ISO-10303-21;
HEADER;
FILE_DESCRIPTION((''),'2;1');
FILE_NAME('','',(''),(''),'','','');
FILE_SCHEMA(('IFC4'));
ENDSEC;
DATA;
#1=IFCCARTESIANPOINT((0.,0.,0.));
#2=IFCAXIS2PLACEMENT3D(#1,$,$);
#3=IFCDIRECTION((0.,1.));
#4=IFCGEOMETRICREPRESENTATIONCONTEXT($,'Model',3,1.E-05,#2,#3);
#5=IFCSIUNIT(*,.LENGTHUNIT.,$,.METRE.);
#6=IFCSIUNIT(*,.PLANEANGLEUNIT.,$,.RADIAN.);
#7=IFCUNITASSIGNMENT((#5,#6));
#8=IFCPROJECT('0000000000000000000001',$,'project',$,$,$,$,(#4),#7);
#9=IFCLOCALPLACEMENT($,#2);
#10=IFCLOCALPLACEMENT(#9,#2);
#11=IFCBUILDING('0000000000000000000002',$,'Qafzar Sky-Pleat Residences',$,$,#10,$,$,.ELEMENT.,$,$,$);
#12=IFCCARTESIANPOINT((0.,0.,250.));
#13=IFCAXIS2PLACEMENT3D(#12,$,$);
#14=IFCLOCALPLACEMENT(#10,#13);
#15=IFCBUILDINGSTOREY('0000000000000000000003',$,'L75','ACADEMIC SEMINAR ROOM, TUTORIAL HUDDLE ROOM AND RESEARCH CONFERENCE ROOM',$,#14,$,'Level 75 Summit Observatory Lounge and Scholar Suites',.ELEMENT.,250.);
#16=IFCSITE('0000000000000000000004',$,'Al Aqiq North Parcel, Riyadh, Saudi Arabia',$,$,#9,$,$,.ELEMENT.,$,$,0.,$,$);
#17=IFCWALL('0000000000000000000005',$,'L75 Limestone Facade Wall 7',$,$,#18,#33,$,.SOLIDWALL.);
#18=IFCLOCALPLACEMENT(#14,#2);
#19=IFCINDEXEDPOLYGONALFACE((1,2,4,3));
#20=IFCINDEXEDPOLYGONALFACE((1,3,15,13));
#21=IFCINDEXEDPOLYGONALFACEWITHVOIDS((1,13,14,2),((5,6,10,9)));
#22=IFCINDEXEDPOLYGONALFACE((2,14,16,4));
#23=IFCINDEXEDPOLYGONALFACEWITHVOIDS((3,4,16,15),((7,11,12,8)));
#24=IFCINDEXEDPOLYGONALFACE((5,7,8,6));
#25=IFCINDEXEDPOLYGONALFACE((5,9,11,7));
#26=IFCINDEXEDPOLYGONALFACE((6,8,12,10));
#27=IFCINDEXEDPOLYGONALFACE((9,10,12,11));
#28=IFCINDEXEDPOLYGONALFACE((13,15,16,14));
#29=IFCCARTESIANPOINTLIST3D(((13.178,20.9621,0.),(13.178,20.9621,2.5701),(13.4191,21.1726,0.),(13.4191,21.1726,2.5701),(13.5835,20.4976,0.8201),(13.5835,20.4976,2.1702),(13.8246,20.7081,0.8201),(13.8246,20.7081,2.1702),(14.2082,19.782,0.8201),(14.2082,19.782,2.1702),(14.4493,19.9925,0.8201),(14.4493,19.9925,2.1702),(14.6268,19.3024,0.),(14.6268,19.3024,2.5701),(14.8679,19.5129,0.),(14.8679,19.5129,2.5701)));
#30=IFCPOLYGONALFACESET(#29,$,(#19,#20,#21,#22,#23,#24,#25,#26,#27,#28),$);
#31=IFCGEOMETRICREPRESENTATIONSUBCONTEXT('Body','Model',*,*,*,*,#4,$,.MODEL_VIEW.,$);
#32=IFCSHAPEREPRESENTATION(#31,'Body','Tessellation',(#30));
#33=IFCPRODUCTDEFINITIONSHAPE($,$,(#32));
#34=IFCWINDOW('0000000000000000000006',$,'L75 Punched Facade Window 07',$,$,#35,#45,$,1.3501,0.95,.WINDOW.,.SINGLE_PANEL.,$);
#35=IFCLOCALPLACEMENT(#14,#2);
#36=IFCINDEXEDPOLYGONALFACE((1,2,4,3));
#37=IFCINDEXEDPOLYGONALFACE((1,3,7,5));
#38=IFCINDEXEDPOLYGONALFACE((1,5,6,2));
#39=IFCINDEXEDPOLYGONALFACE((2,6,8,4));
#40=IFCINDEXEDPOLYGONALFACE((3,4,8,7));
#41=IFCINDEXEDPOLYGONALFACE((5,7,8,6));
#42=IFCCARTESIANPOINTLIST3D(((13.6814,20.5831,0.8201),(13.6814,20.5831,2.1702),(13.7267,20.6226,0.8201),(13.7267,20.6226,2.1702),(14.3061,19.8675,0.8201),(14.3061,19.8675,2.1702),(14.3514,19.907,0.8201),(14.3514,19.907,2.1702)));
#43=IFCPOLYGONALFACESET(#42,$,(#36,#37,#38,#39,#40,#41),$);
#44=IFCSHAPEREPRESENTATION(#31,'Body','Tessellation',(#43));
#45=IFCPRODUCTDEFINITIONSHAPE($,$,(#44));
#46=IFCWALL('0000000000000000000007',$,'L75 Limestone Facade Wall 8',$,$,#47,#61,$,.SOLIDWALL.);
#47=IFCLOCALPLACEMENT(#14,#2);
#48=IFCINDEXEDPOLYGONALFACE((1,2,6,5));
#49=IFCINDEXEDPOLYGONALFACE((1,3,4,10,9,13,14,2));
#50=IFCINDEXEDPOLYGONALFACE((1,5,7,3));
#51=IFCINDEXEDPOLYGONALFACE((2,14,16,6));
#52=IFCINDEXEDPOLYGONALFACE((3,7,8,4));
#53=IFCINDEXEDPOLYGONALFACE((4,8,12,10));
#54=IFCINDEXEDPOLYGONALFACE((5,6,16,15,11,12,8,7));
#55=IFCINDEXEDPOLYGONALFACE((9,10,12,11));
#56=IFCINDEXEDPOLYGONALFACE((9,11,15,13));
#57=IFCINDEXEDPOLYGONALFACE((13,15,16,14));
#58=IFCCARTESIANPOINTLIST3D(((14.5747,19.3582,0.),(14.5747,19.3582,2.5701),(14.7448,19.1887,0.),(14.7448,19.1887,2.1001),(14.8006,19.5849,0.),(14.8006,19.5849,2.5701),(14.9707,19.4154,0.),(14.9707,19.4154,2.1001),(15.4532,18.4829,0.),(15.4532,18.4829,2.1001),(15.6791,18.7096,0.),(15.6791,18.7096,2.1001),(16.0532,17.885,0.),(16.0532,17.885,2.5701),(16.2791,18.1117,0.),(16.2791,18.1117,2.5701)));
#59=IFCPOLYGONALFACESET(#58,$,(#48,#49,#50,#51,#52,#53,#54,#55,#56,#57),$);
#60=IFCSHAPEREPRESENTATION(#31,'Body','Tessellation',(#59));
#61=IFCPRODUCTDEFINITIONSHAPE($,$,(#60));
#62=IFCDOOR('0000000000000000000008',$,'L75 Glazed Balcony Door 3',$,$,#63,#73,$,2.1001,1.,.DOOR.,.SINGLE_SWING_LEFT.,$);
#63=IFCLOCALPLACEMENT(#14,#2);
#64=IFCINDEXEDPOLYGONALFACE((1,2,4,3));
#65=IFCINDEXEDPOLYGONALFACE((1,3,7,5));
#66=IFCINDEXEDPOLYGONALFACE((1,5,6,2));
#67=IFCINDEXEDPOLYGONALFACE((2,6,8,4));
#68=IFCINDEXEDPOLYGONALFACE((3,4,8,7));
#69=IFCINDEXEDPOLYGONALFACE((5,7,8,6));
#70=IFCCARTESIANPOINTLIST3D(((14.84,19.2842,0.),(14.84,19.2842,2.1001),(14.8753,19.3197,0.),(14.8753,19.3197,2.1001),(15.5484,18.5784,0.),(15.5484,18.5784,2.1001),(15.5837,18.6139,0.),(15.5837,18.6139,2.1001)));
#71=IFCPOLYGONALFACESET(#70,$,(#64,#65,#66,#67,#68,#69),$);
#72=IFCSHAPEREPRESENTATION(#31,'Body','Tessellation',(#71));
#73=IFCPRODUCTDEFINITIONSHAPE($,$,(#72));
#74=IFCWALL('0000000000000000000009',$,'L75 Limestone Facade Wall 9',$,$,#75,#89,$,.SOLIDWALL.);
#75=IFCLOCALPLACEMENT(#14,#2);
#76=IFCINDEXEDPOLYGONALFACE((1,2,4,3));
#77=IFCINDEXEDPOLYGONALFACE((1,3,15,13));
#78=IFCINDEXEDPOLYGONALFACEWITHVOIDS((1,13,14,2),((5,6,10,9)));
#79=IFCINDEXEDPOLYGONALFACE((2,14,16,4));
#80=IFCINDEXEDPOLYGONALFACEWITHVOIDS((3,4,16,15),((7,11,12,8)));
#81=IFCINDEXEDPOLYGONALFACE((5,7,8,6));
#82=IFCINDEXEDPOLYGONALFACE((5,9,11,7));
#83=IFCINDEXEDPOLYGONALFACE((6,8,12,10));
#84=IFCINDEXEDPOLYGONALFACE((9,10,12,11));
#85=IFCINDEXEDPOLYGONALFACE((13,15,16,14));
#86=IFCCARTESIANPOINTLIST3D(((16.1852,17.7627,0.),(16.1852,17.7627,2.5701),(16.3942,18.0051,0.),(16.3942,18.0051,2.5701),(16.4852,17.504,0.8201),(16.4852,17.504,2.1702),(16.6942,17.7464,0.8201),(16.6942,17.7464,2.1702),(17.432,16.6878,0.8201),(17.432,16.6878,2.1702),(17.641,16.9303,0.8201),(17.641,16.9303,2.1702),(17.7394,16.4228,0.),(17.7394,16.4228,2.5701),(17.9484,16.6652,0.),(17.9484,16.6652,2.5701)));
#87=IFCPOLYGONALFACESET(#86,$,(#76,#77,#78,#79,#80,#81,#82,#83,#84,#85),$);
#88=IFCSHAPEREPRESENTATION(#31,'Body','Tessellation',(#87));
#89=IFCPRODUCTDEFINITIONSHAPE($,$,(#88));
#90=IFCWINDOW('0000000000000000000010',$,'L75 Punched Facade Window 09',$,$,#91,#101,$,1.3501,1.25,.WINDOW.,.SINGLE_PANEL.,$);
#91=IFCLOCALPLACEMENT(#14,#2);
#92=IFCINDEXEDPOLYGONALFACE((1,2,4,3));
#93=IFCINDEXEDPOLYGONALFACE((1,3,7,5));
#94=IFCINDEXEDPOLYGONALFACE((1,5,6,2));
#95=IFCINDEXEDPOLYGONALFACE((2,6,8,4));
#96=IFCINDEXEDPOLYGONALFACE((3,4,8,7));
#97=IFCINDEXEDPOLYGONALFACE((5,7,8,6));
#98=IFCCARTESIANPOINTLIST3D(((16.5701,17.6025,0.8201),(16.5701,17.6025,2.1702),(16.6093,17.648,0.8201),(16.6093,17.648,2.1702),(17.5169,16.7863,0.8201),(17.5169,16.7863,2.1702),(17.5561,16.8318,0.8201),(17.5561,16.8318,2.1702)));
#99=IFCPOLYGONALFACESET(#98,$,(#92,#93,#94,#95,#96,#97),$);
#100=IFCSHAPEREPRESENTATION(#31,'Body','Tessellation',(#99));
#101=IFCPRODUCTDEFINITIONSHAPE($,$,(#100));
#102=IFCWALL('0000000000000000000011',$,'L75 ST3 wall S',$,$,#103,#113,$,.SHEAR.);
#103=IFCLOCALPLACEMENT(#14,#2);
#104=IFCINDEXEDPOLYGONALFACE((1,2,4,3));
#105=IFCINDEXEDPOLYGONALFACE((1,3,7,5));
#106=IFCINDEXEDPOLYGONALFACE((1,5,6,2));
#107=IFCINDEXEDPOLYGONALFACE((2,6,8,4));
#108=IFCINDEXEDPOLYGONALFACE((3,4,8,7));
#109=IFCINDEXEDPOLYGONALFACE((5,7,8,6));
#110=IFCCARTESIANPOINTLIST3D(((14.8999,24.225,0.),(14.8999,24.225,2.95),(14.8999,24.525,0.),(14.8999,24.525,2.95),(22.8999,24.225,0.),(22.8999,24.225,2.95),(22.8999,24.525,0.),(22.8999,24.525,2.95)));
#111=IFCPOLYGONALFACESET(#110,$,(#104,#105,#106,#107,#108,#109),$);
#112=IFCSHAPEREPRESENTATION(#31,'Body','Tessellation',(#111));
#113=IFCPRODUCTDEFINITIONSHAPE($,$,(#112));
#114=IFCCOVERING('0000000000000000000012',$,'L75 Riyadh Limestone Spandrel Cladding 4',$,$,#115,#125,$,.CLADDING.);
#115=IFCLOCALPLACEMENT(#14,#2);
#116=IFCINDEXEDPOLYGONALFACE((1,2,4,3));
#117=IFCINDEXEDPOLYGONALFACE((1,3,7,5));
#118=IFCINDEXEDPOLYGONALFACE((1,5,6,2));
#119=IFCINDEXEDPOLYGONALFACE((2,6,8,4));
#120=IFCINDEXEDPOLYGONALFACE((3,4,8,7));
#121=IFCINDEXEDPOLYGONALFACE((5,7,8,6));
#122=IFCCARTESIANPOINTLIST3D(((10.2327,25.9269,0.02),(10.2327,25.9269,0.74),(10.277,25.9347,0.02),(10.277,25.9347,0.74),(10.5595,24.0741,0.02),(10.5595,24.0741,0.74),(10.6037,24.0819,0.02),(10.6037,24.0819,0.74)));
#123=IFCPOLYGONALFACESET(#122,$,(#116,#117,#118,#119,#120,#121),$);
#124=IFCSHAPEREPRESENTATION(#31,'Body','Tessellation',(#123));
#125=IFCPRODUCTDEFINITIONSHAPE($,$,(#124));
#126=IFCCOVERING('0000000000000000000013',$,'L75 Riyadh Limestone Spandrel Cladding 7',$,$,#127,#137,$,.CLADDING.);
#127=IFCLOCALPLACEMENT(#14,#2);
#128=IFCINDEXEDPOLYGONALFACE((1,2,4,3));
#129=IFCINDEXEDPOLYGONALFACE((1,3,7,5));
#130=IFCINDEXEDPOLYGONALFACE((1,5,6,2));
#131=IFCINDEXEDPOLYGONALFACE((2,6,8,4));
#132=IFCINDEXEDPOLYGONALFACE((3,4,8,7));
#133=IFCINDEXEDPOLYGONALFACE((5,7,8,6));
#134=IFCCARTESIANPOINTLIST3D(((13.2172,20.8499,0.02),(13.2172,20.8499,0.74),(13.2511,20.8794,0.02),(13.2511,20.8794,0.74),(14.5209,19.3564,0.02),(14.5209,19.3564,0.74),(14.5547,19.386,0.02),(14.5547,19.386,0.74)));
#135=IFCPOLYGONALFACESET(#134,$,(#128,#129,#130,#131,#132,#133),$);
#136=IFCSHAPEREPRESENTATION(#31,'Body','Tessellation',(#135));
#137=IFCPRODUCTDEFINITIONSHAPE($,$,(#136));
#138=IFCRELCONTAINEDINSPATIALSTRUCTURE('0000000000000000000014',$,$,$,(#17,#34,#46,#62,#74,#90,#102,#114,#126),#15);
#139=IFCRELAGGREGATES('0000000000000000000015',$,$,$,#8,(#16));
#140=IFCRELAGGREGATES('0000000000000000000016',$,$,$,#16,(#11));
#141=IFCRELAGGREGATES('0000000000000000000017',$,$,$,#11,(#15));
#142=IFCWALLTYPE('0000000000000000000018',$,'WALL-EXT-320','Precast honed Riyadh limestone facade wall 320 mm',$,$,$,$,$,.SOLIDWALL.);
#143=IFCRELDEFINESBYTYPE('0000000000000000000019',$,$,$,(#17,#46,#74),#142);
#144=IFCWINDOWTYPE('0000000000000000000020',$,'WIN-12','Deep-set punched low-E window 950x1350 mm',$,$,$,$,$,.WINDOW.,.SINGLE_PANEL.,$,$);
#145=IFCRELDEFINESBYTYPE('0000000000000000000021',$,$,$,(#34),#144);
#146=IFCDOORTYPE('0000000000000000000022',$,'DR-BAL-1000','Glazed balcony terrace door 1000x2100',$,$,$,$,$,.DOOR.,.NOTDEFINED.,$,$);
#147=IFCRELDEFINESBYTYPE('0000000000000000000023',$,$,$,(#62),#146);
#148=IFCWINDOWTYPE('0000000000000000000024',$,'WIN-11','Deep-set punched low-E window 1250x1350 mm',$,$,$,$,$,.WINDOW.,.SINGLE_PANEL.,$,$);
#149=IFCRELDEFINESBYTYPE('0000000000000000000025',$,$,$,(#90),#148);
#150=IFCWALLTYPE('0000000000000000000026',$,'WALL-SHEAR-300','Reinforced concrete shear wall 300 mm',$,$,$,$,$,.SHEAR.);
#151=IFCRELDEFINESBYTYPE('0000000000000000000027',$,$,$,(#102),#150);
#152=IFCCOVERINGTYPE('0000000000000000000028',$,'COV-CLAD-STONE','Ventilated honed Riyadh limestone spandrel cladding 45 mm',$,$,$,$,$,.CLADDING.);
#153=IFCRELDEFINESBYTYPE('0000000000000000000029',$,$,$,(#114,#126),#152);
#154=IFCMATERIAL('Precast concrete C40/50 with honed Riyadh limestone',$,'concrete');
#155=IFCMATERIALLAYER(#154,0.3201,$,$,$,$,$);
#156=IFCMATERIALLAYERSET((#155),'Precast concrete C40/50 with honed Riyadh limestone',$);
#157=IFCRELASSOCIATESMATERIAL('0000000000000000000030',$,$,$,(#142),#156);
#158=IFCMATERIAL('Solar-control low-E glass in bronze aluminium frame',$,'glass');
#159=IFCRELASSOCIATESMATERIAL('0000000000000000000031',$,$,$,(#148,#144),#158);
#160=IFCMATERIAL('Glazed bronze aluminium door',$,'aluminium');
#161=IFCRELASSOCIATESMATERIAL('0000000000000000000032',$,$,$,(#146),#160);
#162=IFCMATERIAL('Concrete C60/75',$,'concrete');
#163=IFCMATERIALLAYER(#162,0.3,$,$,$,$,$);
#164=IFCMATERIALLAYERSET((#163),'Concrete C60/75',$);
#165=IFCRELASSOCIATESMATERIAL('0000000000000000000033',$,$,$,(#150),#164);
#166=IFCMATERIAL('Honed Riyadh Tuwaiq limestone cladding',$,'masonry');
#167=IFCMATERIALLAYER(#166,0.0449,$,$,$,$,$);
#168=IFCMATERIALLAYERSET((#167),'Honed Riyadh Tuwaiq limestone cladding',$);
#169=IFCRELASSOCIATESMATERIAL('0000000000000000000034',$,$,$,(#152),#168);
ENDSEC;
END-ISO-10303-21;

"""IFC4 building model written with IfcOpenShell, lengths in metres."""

from ifc_helpers import new_model, si_unit, direction, frame, frame_2d, origin, origin_2d, place, context, subcontext, project, spatial, rectangle, extrude, source, transform, mapped, material, layer, layer_set, type_object, element, fill, save


model = new_model("IFC4")

# Units and contexts
model_context = context("Model", 3, precision=1e-05, world=origin(), true_north=direction((0.0, 1.0)))
body_context = subcontext(model_context, "Body", "Model", "MODEL_VIEW")
ifc_project = project(units=[si_unit("LENGTHUNIT", "METRE"), si_unit("PLANEANGLEUNIT", "RADIAN")], contexts=[model_context])

# Site, building, storey
site_placement = place(None, origin())
site = spatial("IfcSite", under=ifc_project, at=site_placement, Name="Al Aqiq North Parcel, Riyadh, Saudi Arabia", CompositionType="ELEMENT", RefElevation=0.0)
building_placement = place(site_placement, origin())
building = spatial("IfcBuilding", under=site, at=building_placement, Name="Qafzar Sky-Pleat Residences", CompositionType="ELEMENT")
storey_placement = place(building_placement, frame((0.0, 0.0, 250.0)))
storey = spatial("IfcBuildingStorey", under=building, at=storey_placement, Name="L75", Description="ACADEMIC SEMINAR ROOM, TUTORIAL HUDDLE ROOM AND RESEARCH CONFERENCE ROOM", LongName="Level 75 Summit Observatory Lounge and Scholar Suites", CompositionType="ELEMENT", Elevation=250.0)

# Wall, opening, window
ifc_material_1 = material(Name="Precast concrete C40/50 with honed Riyadh limestone", Category="concrete")
ifc_layer_1 = layer(ifc_material_1, 0.3201)
ifc_layer_set_1 = layer_set([ifc_layer_1], Name="Precast concrete C40/50 with honed Riyadh limestone")
wall_type_1 = type_object("IfcWallType", Name="WALL-EXT-320", Description="Precast honed Riyadh limestone facade wall 320 mm", PredefinedType="SOLIDWALL", material=ifc_layer_set_1)
ifc_material_2 = material(Name="Solar-control low-E glass in bronze aluminium frame", Category="glass")
window_type_1 = type_object("IfcWindowType", Name="WIN-11", Description="Deep-set punched low-E window 1250x1350 mm", PartitioningType="SINGLE_PANEL", PredefinedType="WINDOW", material=ifc_material_2)
shared_shape_1 = source(origin(), body_context, "Body", "SweptSolid", [
    extrude(rectangle(XDim=1.25, YDim=1.3501, at=frame_2d((0.625, 0.675))), frame((0.0, 0.03, 0.0), z_axis=(0.0, -1.0, 0.0), x_axis=(1.0, 0.0, 0.0)), (0.0, 0.0, 1.0), 0.0601),
])
wall_1_placement = place(storey_placement, frame((13.2986, 21.0674, 0.0), z_axis=(0.0, 0.0, 1.0), x_axis=(0.65761, -0.753359, 0.0)))
wall_1 = element("IfcWall", 1, at=wall_1_placement, inside=storey, type_object=wall_type_1, Name="L75 Limestone Facade Wall 7", PredefinedType="SOLIDWALL", context=body_context, shape_type="SweptSolid", body=[
    extrude(rectangle(XDim=2.2031, YDim=0.3201, at=frame_2d((1.1016, 0.0))), origin(), (0.0, 0.0, 1.0), 2.5701),
])
opening_1_placement = place(wall_1_placement, frame((0.6165, 0.0, 0.8201)))
opening_1 = element("IfcOpeningElement", 2, at=opening_1_placement, cuts=wall_1, PredefinedType="OPENING", context=body_context, shape_type="SweptSolid", body=[
    extrude(rectangle(XDim=0.95, YDim=1.3501, at=frame_2d((0.4751, 0.675))), frame((0.0, 0.1699, 0.0), z_axis=(0.0, -1.0, 0.0), x_axis=(1.0, 0.0, 0.0)), (0.0, 0.0, 1.0), 0.3401),
])
window_type_2 = type_object("IfcWindowType", Name="WIN-12", Description="Deep-set punched low-E window 950x1350 mm", PartitioningType="SINGLE_PANEL", PredefinedType="WINDOW", material=ifc_material_2)
shared_shape_2 = source(origin(), body_context, "Body", "SweptSolid", [
    extrude(rectangle(XDim=0.95, YDim=1.3501, at=frame_2d((0.4751, 0.675))), frame((0.0, 0.03, 0.0), z_axis=(0.0, -1.0, 0.0), x_axis=(1.0, 0.0, 0.0)), (0.0, 0.0, 1.0), 0.0601),
])
window_1_placement = place(opening_1_placement, origin())
window_1 = element("IfcWindow", 3, at=window_1_placement, inside=storey, type_object=window_type_2, Name="L75 Punched Facade Window 07", OverallHeight=1.3501, OverallWidth=0.95, PartitioningType="SINGLE_PANEL", PredefinedType="WINDOW", context=body_context, shape_type="MappedRepresentation", body=[
    mapped(shared_shape_2, transform((0.0, 0.0, 0.0), x_axis=(1.0, 0.0, 0.0), y_axis=(0.0, 1.0, 0.0), z_axis=(0.0, 0.0, 1.0), scale=1.0)),
])
fill(opening_1, window_1)

# Wall, opening, door
wall_2_placement = place(storey_placement, frame((14.6877, 19.4714, 0.0), z_axis=(0.0, 0.0, 1.0), x_axis=(0.708392, -0.705819, 0.0)))
wall_2 = element("IfcWall", 4, at=wall_2_placement, inside=storey, type_object=wall_type_1, Name="L75 Limestone Facade Wall 8", PredefinedType="SOLIDWALL", context=body_context, shape_type="SweptSolid", body=[
    extrude(rectangle(XDim=2.0872, YDim=0.3201, at=frame_2d((1.0435, 0.0))), origin(), (0.0, 0.0, 1.0), 2.5701),
])
opening_2_placement = place(wall_2_placement, frame((0.24, 0.0, 0.0)))
opening_2 = element("IfcOpeningElement", 5, at=opening_2_placement, cuts=wall_2, PredefinedType="OPENING", context=body_context, shape_type="SweptSolid", body=[
    extrude(rectangle(XDim=1.0, YDim=2.1001, at=frame_2d((0.5, 1.05))), frame((0.0, 0.1699, 0.0), z_axis=(0.0, -1.0, 0.0), x_axis=(1.0, 0.0, 0.0)), (0.0, 0.0, 1.0), 0.3401),
])
ifc_material_3 = material(Name="Glazed bronze aluminium door", Category="aluminium")
door_type = type_object("IfcDoorType", Name="DR-BAL-1000", Description="Glazed balcony terrace door 1000x2100", OperationType="NOTDEFINED", PredefinedType="DOOR", material=ifc_material_3)
shared_shape_3 = source(origin(), body_context, "Body", "SweptSolid", [
    extrude(rectangle(XDim=1.0, YDim=2.1001, at=frame_2d((0.5, 1.05))), frame((0.0, 0.0249, 0.0), z_axis=(0.0, -1.0, 0.0), x_axis=(1.0, 0.0, 0.0)), (0.0, 0.0, 1.0), 0.05),
])
door_placement = place(opening_2_placement, origin())
door = element("IfcDoor", 6, at=door_placement, inside=storey, type_object=door_type, Name="L75 Glazed Balcony Door 3", OperationType="SINGLE_SWING_LEFT", OverallHeight=2.1001, OverallWidth=1.0, PredefinedType="DOOR", context=body_context, shape_type="MappedRepresentation", body=[
    mapped(shared_shape_3, transform((0.0, 0.0, 0.0), x_axis=(1.0, 0.0, 0.0), y_axis=(0.0, 1.0, 0.0), z_axis=(0.0, 0.0, 1.0), scale=1.0)),
])
fill(opening_2, door)

# Wall, opening, window
wall_3_placement = place(storey_placement, frame((16.2898, 17.8838, 0.0), z_axis=(0.0, 0.0, 1.0), x_axis=(0.757406, -0.652944, 0.0)))
wall_3 = element("IfcWall", 7, at=wall_3_placement, inside=storey, type_object=wall_type_1, Name="L75 Limestone Facade Wall 9", PredefinedType="SOLIDWALL", context=body_context, shape_type="SweptSolid", body=[
    extrude(rectangle(XDim=2.052, YDim=0.3201, at=frame_2d((1.0259, 0.0))), origin(), (0.0, 0.0, 1.0), 2.5701),
])
opening_3_placement = place(wall_3_placement, frame((0.396, 0.0, 0.8201)))
opening_3 = element("IfcOpeningElement", 8, at=opening_3_placement, cuts=wall_3, PredefinedType="OPENING", context=body_context, shape_type="SweptSolid", body=[
    extrude(rectangle(XDim=1.25, YDim=1.3501, at=frame_2d((0.625, 0.675))), frame((0.0, 0.1699, 0.0), z_axis=(0.0, -1.0, 0.0), x_axis=(1.0, 0.0, 0.0)), (0.0, 0.0, 1.0), 0.3401),
])
window_2_placement = place(opening_3_placement, origin())
window_2 = element("IfcWindow", 9, at=window_2_placement, inside=storey, type_object=window_type_1, Name="L75 Punched Facade Window 09", OverallHeight=1.3501, OverallWidth=1.25, PartitioningType="SINGLE_PANEL", PredefinedType="WINDOW", context=body_context, shape_type="MappedRepresentation", body=[
    mapped(shared_shape_1, transform((0.0, 0.0, 0.0), x_axis=(1.0, 0.0, 0.0), y_axis=(0.0, 1.0, 0.0), z_axis=(0.0, 0.0, 1.0), scale=1.0)),
])
fill(opening_3, window_2)

# Wall
ifc_material_4 = material(Name="Concrete C60/75", Category="concrete")
ifc_layer_2 = layer(ifc_material_4, 0.3)
ifc_layer_set_2 = layer_set([ifc_layer_2], Name="Concrete C60/75")
wall_type_2 = type_object("IfcWallType", Name="WALL-SHEAR-300", Description="Reinforced concrete shear wall 300 mm", PredefinedType="SHEAR", material=ifc_layer_set_2)
wall_4_placement = place(storey_placement, frame((14.8999, 24.375, 0.0), z_axis=(0.0, 0.0, 1.0), x_axis=(1.0, 0.0, 0.0)))
element("IfcWall", 10, at=wall_4_placement, inside=storey, type_object=wall_type_2, Name="L75 ST3 wall S", PredefinedType="SHEAR", context=body_context, shape_type="SweptSolid", body=[
    extrude(rectangle(XDim=8.0, YDim=0.3, at=frame_2d((4.0, 0.0))), origin(), (0.0, 0.0, 1.0), 2.95),
])

# Covering
ifc_material_5 = material(Name="Honed Riyadh Tuwaiq limestone cladding", Category="masonry")
ifc_layer_3 = layer(ifc_material_5, 0.0449)
ifc_layer_set_3 = layer_set([ifc_layer_3], Name="Honed Riyadh Tuwaiq limestone cladding")
covering_type = type_object("IfcCoveringType", Name="COV-CLAD-STONE", Description="Ventilated honed Riyadh limestone spandrel cladding 45 mm", PredefinedType="CLADDING", material=ifc_layer_set_3)
shared_shape_4 = source(origin(), body_context, "Body", "SweptSolid", [
    extrude(rectangle(XDim=1.8813, YDim=0.0449, at=origin_2d()), origin(), (0.0, 0.0, 1.0), 0.72),
])
covering_1_placement = place(storey_placement, frame((10.4182, 25.0044, 0.02), z_axis=(0.0, 0.0, 1.0), x_axis=(0.173663, -0.984805, 0.0)))
element("IfcCovering", 11, at=covering_1_placement, inside=storey, type_object=covering_type, Name="L75 Riyadh Limestone Spandrel Cladding 4", PredefinedType="CLADDING", context=body_context, shape_type="MappedRepresentation", body=[
    mapped(shared_shape_4, transform((0.0, 0.0, 0.0), x_axis=(1.0, 0.0, 0.0), y_axis=(0.0, 1.0, 0.0), z_axis=(0.0, 0.0, 1.0), scale=1.0)),
])

# Covering
shared_shape_5 = source(origin(), body_context, "Body", "SweptSolid", [
    extrude(rectangle(XDim=1.9824, YDim=0.0449, at=origin_2d()), origin(), (0.0, 0.0, 1.0), 0.72),
])
covering_2_placement = place(storey_placement, frame((13.886, 20.1179, 0.02), z_axis=(0.0, 0.0, 1.0), x_axis=(0.657614, -0.753355, 0.0)))
element("IfcCovering", 12, at=covering_2_placement, inside=storey, type_object=covering_type, Name="L75 Riyadh Limestone Spandrel Cladding 7", PredefinedType="CLADDING", context=body_context, shape_type="MappedRepresentation", body=[
    mapped(shared_shape_5, transform((0.0, 0.0, 0.0), x_axis=(1.0, 0.0, 0.0), y_axis=(0.0, 1.0, 0.0), z_axis=(0.0, 0.0, 1.0), scale=1.0)),
])

save(model, "model.ifc")
